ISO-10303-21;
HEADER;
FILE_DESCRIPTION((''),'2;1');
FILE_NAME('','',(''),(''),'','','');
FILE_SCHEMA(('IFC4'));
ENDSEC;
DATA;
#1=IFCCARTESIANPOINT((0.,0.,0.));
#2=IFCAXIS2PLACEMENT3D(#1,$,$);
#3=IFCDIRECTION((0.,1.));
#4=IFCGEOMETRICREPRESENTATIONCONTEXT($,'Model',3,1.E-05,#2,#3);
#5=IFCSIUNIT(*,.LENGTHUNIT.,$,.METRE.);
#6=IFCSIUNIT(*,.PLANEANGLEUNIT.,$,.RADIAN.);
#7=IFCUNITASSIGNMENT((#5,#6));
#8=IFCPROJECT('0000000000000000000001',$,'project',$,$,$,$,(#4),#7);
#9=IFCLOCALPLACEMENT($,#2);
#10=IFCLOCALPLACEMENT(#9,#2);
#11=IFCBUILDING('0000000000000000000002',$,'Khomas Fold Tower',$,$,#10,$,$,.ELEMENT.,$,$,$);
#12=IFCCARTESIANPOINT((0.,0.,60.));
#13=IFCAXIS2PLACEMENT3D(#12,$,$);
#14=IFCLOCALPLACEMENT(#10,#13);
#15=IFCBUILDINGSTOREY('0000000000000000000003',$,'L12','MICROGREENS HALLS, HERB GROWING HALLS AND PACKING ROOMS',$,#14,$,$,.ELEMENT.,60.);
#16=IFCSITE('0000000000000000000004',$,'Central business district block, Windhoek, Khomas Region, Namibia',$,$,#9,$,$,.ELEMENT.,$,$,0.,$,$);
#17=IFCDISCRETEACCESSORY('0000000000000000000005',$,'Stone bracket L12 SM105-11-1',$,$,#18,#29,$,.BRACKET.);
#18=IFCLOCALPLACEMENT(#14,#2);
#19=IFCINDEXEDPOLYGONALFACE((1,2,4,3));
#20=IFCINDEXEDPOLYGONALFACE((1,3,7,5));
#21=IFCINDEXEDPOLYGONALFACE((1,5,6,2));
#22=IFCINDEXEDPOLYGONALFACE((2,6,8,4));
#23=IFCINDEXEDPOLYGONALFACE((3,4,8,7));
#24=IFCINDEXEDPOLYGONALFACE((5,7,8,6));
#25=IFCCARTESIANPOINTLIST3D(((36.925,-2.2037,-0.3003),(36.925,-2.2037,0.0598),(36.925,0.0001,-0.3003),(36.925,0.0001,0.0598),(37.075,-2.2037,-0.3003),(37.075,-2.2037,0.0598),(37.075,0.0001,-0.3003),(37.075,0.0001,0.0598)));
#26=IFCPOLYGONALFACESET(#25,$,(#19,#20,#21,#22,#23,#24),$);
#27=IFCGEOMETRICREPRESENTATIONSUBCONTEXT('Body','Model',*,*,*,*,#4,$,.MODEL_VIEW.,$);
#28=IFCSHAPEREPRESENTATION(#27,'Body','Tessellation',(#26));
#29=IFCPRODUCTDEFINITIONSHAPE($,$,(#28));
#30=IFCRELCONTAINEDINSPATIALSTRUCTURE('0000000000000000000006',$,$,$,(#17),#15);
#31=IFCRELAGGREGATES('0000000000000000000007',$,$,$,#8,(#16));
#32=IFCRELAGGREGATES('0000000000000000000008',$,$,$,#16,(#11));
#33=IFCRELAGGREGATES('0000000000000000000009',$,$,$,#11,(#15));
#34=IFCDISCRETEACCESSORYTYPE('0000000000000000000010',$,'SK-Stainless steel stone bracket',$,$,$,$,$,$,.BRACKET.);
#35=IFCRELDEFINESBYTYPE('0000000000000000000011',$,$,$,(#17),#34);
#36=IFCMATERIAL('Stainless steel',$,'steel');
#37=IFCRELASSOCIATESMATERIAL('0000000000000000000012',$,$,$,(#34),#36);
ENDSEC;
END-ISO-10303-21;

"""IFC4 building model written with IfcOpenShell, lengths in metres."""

from ifc_helpers import new_model, si_unit, direction, frame, origin, origin_2d, place, context, subcontext, project, spatial, rectangle, extrude, source, transform, mapped, material, type_object, element, save


model = new_model("IFC4")

# Units and contexts
model_context = context("Model", 3, precision=1e-05, world=origin(), true_north=direction((0.0, 1.0)))
body_context = subcontext(model_context, "Body", "Model", "MODEL_VIEW")
ifc_project = project(units=[si_unit("LENGTHUNIT", "METRE"), si_unit("PLANEANGLEUNIT", "RADIAN")], contexts=[model_context])

# Site, building, storey
site_placement = place(None, origin())
site = spatial("IfcSite", under=ifc_project, at=site_placement, Name="Central business district block, Windhoek, Khomas Region, Namibia", CompositionType="ELEMENT", RefElevation=0.0)
building_placement = place(site_placement, origin())
building = spatial("IfcBuilding", under=site, at=building_placement, Name="Khomas Fold Tower", CompositionType="ELEMENT")
storey_placement = place(building_placement, frame((0.0, 0.0, 60.0)))
storey = spatial("IfcBuildingStorey", under=building, at=storey_placement, Name="L12", Description="MICROGREENS HALLS, HERB GROWING HALLS AND PACKING ROOMS", CompositionType="ELEMENT", Elevation=60.0)

# Discrete accessory
ifc_material_1 = material(Name="Stainless steel", Category="steel")
discrete_accessory_type = type_object("IfcDiscreteAccessoryType", Name="SK-Stainless steel stone bracket", PredefinedType="BRACKET", material=ifc_material_1)
shared_shape_1 = source(origin(), body_context, "Body", "SweptSolid", [
    extrude(rectangle(XDim=2.2039, YDim=0.1499, at=origin_2d()), origin(), (0.0, 0.0, 1.0), 0.3601),
])
for number, where, z_axis, x_axis, name in (
    (1, (37.0, -1.1018, -0.3003), (0.0, 0.0, 1.0), (0.0, -1.0, 0.0), "Stone bracket L12 SM105-11-1"),
):
    element("IfcDiscreteAccessory", number, at=place(storey_placement, frame(where, z_axis=z_axis, x_axis=x_axis)), inside=storey, type_object=discrete_accessory_type, Name=name, PredefinedType="BRACKET", context=body_context, shape_type="MappedRepresentation", body=[
        mapped(shared_shape_1, transform((0.0, 0.0, 0.0))),
    ])

save(model, "model.ifc")
